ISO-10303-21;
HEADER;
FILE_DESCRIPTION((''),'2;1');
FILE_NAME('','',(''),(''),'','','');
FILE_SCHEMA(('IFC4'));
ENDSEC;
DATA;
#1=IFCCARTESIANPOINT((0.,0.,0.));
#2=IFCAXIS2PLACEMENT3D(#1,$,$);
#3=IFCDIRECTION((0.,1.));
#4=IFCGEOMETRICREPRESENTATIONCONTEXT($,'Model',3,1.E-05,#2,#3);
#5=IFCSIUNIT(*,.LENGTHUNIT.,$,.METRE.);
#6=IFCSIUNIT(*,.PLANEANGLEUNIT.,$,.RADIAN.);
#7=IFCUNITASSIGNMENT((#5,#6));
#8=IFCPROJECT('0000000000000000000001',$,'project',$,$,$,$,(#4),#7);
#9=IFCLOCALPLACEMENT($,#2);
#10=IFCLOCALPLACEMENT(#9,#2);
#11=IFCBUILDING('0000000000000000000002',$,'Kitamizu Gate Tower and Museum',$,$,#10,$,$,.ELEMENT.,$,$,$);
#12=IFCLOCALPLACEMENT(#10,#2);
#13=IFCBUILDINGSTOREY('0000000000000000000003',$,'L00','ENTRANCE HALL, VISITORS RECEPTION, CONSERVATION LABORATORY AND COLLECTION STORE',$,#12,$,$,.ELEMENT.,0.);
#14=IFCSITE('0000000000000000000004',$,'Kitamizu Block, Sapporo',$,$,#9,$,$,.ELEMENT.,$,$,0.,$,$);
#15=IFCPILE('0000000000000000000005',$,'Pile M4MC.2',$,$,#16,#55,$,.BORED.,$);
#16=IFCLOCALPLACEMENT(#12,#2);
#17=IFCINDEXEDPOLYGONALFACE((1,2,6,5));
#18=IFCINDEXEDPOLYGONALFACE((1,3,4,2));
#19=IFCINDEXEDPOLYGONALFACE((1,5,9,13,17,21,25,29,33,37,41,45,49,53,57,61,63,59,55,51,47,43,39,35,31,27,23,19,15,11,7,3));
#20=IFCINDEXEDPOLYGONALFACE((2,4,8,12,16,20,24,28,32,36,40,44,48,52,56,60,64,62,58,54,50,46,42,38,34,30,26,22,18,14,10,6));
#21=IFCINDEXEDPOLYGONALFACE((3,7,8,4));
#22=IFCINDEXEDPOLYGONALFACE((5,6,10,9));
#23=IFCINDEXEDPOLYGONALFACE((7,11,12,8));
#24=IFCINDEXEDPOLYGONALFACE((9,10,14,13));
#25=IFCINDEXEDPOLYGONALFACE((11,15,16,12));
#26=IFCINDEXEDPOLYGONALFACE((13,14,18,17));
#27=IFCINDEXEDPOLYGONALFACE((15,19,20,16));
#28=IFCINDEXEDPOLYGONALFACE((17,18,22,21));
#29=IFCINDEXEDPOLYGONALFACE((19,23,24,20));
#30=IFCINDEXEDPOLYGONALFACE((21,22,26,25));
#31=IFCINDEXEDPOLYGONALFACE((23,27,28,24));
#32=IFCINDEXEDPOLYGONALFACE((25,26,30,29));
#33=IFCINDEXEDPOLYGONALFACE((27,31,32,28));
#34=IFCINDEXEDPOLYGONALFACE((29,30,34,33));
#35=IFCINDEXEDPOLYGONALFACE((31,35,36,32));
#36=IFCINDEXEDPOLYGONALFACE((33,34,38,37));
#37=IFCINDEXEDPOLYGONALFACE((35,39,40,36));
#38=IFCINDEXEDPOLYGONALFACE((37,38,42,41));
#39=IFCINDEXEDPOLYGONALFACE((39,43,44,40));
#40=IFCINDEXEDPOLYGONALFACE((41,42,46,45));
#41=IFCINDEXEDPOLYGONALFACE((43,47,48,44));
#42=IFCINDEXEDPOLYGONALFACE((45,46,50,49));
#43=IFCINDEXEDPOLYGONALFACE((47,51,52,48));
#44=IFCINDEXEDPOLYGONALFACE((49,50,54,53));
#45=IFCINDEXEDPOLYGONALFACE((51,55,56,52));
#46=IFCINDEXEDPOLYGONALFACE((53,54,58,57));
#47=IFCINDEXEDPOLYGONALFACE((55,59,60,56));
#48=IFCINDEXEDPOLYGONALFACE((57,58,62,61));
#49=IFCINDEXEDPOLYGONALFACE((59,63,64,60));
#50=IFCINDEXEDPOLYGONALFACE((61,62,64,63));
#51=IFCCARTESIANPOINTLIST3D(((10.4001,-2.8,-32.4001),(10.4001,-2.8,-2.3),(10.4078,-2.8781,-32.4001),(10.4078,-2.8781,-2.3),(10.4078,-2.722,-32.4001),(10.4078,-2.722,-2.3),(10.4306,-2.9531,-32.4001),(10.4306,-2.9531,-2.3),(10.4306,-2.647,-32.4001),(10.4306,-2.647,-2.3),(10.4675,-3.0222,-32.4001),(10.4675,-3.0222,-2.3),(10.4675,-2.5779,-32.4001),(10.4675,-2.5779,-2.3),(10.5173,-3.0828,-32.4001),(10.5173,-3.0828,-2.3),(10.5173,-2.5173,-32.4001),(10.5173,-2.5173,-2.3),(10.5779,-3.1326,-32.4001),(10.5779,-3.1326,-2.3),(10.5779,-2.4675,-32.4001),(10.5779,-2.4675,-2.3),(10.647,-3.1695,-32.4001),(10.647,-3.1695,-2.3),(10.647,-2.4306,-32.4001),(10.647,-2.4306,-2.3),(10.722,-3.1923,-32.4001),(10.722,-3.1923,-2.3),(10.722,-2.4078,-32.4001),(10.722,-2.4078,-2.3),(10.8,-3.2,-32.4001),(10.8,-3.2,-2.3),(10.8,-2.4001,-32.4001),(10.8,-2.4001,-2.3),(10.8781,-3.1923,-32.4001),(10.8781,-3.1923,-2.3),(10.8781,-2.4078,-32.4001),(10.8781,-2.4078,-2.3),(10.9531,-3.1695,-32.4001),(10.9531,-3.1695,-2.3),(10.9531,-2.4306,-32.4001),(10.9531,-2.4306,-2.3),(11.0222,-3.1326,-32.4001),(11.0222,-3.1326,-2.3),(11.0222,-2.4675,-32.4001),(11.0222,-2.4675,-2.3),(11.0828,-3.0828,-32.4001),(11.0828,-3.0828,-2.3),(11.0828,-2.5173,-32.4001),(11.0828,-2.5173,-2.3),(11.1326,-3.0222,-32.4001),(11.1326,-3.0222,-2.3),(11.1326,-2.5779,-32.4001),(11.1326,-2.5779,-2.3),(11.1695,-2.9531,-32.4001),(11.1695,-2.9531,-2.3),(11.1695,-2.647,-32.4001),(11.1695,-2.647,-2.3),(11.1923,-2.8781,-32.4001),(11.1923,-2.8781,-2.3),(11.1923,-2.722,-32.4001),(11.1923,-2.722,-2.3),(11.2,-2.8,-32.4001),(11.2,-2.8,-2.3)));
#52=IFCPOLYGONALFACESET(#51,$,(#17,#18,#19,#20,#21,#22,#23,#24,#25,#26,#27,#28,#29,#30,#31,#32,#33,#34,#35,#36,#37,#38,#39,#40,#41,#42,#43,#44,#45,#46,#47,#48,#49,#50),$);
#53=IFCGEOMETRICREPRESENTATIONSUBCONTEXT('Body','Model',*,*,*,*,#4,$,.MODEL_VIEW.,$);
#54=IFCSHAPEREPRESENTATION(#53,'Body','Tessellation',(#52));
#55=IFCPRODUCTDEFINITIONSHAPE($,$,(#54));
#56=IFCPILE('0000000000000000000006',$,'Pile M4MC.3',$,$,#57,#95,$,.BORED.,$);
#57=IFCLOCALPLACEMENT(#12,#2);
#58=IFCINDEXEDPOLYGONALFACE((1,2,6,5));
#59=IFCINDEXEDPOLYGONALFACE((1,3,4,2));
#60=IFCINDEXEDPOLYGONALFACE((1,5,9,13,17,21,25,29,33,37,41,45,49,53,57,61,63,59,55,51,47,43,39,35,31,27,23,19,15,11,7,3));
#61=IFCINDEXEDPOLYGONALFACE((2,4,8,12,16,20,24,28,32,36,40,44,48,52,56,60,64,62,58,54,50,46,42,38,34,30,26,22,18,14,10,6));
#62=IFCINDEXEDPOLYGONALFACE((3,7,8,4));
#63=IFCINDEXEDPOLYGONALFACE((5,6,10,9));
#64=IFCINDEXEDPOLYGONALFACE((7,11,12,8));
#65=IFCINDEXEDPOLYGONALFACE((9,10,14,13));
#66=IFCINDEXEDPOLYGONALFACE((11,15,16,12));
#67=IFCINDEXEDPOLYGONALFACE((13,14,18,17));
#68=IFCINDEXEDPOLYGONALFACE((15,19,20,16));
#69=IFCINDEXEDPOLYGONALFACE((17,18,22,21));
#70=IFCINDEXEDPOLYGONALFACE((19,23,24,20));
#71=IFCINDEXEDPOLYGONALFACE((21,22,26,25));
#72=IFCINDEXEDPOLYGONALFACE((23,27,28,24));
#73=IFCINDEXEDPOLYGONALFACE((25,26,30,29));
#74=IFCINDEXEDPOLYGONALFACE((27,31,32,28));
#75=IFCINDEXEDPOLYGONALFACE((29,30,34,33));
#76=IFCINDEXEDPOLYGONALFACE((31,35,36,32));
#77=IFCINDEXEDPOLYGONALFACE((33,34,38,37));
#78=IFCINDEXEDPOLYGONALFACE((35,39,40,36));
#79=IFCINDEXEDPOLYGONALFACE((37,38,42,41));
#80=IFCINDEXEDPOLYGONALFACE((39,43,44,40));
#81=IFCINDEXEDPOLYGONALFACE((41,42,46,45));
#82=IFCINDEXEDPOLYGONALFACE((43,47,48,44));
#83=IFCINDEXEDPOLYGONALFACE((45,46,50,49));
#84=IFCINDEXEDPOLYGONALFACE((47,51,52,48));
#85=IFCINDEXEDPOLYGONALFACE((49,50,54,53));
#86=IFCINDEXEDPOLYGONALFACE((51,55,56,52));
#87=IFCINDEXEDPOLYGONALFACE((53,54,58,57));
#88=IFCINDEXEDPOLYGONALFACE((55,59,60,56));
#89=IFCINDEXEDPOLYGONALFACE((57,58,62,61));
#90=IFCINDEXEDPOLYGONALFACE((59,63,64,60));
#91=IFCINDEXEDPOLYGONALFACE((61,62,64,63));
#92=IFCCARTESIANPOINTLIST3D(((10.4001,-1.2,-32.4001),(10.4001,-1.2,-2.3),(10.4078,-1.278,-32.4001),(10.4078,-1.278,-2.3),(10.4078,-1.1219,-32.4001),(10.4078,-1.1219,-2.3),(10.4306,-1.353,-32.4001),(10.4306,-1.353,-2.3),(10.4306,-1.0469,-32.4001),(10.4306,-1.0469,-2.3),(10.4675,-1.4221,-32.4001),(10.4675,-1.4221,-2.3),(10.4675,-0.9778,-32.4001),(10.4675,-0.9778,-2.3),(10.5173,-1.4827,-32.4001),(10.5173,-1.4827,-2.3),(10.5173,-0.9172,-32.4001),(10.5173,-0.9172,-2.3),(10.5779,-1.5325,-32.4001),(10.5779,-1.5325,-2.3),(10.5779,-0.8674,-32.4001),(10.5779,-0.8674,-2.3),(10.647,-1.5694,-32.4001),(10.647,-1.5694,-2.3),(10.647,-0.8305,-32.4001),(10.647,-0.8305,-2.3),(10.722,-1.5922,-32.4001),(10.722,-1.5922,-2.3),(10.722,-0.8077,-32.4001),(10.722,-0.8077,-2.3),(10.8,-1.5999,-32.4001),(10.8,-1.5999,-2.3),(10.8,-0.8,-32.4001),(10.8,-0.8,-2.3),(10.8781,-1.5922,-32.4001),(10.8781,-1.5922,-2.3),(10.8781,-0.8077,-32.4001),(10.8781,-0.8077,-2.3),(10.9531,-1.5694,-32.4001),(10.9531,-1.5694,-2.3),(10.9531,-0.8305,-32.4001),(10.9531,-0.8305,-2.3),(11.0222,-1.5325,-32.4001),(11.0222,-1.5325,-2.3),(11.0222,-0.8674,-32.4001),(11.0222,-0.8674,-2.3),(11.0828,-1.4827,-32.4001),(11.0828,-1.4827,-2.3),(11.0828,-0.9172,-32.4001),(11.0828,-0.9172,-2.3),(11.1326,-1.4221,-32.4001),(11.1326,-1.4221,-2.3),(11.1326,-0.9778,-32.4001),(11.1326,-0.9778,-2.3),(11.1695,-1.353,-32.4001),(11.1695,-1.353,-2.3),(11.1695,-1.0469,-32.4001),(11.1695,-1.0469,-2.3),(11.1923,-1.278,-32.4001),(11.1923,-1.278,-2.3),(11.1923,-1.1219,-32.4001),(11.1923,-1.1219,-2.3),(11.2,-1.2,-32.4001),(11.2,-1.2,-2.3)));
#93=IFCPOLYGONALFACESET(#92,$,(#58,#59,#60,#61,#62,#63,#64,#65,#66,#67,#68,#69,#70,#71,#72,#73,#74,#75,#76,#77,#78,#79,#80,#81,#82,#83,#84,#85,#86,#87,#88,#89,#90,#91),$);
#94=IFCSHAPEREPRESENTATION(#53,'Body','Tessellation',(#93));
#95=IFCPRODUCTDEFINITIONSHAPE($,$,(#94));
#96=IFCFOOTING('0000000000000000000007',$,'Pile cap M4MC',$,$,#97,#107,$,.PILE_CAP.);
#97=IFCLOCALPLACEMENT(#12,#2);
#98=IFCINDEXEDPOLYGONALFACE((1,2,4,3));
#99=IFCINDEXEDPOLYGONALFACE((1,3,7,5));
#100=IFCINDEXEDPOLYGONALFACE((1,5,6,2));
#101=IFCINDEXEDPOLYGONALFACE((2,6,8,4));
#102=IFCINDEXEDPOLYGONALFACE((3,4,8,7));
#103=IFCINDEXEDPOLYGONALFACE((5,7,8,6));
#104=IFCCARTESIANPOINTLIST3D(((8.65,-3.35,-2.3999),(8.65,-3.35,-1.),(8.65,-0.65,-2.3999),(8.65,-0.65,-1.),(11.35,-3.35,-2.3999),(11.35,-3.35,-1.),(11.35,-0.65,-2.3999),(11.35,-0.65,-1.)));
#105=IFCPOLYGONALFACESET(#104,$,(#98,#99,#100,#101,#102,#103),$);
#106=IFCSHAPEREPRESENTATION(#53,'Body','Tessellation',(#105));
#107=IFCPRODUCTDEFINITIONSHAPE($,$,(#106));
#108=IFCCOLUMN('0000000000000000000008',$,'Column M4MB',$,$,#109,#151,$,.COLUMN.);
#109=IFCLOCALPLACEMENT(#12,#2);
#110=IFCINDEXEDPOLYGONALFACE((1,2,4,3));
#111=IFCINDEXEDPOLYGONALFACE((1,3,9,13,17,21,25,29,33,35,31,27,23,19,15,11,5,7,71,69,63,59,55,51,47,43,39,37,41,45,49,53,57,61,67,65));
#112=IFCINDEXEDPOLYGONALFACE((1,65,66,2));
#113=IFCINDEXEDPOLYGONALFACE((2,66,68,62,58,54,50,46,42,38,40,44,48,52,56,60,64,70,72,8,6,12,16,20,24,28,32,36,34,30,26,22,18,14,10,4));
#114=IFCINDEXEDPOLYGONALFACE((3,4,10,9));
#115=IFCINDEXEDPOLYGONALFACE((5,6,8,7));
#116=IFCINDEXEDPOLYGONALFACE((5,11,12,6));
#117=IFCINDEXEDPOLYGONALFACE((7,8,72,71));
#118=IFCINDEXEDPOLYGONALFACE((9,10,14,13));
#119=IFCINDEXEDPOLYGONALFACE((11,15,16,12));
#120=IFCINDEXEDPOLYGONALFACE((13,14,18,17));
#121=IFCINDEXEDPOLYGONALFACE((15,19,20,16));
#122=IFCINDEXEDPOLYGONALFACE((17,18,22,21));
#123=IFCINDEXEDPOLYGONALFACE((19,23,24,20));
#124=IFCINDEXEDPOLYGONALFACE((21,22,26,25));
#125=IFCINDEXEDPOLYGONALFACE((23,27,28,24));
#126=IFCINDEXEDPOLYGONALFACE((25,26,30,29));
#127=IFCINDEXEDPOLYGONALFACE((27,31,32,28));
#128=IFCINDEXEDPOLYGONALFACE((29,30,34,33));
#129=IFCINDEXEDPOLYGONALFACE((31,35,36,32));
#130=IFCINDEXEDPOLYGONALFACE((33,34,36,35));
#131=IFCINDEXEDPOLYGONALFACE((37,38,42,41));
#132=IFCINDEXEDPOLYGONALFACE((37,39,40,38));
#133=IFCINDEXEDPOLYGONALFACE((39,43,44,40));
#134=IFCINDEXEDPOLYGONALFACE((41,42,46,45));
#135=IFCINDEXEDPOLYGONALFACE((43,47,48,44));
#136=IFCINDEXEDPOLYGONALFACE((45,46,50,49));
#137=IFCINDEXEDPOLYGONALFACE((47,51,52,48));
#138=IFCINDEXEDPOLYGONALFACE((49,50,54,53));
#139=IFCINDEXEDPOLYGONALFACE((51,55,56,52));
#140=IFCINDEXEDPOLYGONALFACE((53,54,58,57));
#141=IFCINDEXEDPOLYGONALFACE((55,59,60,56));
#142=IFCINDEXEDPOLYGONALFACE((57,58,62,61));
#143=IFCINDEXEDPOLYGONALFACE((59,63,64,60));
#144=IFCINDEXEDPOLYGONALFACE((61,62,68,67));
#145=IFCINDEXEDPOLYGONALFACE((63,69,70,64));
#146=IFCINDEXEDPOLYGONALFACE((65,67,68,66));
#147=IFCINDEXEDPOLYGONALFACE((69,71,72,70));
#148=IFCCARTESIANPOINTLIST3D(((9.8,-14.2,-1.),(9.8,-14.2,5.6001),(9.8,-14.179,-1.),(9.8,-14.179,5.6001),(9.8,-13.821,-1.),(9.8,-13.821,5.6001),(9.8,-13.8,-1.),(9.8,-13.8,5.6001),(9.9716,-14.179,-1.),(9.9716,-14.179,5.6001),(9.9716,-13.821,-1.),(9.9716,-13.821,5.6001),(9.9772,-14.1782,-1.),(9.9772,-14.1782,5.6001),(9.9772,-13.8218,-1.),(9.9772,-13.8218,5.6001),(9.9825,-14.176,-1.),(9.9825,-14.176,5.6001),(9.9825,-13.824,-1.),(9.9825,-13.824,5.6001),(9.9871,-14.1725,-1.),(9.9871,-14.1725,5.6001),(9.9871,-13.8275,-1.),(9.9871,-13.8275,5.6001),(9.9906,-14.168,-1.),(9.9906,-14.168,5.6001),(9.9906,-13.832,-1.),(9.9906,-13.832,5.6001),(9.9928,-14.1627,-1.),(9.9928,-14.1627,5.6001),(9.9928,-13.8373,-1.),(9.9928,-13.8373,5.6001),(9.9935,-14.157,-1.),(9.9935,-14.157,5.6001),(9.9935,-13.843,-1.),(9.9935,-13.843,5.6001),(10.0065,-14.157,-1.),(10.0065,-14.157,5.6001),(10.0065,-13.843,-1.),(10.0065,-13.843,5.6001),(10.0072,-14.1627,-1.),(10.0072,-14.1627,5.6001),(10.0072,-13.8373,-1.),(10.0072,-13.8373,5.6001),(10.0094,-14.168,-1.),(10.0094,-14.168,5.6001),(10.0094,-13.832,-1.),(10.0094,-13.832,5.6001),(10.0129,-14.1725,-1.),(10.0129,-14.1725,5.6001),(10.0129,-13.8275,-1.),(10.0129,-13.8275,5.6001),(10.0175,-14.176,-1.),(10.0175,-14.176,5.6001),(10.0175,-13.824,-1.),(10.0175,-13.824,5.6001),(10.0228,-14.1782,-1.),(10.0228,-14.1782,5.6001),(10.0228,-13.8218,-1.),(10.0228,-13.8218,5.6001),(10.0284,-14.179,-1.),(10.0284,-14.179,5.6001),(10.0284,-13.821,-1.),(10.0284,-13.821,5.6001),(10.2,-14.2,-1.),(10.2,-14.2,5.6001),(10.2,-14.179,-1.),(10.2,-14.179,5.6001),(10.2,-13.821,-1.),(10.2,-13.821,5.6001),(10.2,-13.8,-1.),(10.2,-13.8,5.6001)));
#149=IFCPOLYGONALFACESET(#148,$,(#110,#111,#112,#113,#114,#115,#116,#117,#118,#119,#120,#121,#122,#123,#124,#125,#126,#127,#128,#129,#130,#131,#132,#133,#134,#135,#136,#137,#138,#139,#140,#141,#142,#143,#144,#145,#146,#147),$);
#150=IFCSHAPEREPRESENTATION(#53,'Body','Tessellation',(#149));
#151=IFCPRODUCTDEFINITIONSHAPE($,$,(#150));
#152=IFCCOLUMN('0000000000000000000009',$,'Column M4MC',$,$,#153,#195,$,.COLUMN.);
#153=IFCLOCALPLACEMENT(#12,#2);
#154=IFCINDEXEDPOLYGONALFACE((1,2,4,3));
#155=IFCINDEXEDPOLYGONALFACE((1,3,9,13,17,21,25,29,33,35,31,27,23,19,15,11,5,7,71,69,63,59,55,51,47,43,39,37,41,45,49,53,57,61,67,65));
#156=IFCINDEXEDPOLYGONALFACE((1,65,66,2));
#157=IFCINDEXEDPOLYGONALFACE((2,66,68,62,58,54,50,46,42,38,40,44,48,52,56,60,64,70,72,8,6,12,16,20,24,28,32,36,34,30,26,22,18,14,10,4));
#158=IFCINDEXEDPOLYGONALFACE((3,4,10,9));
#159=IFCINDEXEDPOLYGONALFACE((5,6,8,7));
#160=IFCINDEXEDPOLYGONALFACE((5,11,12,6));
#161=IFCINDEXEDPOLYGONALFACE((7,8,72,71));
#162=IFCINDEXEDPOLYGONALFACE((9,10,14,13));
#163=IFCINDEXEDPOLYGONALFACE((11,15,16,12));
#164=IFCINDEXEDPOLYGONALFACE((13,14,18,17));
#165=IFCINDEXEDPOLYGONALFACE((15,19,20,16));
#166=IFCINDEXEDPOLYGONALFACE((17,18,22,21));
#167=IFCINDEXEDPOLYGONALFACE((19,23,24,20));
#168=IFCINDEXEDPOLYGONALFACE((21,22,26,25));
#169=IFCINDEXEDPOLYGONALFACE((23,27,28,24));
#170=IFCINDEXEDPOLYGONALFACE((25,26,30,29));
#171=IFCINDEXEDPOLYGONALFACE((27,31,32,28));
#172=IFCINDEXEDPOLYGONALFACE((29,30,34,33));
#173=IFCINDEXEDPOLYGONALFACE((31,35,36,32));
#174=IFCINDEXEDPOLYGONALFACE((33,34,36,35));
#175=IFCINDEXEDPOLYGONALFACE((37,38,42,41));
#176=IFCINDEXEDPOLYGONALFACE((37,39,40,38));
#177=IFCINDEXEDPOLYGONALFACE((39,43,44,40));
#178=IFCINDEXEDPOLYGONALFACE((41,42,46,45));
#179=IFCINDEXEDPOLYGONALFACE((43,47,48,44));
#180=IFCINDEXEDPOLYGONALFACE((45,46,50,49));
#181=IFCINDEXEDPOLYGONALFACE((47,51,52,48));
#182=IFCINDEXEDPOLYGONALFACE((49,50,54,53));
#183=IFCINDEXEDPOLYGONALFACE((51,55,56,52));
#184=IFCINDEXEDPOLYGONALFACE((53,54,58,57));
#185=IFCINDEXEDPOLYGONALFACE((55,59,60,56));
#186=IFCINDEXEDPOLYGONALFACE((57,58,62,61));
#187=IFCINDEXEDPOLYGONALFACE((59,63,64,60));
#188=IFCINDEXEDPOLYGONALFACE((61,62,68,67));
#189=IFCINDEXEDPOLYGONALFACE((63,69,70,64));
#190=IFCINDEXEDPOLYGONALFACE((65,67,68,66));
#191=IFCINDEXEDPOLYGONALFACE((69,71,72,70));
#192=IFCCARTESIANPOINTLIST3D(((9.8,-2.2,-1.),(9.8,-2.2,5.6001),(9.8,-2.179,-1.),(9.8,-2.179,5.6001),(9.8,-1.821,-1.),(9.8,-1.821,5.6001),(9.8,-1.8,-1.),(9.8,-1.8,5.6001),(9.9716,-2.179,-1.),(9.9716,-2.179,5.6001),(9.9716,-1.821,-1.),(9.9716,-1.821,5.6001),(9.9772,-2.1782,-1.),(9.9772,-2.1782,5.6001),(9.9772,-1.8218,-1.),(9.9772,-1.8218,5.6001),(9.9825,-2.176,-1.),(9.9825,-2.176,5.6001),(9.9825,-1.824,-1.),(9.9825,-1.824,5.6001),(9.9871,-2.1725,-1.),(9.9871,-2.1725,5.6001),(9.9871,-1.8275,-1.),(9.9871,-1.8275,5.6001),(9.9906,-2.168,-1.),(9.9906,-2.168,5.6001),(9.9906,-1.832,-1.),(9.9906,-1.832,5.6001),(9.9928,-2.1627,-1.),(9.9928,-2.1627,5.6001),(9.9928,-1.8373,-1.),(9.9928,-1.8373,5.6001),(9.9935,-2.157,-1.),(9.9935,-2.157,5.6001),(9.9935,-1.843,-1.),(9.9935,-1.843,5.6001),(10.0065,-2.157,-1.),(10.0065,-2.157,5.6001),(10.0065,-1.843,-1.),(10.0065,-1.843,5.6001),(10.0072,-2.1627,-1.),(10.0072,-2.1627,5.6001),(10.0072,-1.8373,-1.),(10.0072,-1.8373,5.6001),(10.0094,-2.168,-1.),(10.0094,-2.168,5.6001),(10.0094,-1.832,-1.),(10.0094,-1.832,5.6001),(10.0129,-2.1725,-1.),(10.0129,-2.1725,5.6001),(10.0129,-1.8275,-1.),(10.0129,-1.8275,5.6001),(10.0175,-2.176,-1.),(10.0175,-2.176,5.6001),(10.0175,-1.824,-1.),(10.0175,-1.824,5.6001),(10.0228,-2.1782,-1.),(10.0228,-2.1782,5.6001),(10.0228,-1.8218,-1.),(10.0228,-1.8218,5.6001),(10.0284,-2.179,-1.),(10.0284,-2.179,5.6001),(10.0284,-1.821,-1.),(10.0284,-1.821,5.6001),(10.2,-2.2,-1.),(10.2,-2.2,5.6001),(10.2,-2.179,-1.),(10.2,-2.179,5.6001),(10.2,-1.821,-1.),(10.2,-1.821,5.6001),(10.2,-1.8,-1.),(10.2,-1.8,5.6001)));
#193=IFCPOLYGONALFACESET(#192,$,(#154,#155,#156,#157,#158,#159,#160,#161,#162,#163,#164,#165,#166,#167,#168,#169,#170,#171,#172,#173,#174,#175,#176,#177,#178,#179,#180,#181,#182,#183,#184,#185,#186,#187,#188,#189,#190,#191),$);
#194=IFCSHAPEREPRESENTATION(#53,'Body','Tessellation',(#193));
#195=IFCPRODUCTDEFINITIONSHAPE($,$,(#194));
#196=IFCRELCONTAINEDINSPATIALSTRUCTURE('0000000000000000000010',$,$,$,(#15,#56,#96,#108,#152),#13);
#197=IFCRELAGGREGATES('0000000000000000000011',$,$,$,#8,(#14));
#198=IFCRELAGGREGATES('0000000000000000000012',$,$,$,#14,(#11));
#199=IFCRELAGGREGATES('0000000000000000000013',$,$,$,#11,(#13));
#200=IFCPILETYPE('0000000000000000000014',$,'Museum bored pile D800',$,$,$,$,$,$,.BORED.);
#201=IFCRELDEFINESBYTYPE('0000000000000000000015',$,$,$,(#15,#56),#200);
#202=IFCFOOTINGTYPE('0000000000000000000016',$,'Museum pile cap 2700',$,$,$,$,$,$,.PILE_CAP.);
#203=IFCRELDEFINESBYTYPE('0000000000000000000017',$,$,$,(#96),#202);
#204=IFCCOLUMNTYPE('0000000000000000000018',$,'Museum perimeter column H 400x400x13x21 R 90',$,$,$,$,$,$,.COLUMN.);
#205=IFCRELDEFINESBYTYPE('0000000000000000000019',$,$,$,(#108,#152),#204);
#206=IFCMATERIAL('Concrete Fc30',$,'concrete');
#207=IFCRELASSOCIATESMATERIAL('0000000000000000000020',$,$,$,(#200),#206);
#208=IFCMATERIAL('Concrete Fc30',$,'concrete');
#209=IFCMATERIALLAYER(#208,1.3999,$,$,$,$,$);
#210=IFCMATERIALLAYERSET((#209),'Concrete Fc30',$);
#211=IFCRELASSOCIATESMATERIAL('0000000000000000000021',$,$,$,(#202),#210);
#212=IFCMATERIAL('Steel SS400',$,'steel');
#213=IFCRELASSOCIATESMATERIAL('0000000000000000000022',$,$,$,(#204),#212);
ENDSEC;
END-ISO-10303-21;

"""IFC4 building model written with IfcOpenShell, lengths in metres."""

from ifc_helpers import new_model, si_unit, direction, frame, origin, origin_2d, place, context, subcontext, project, spatial, rectangle, circle, i_section, extrude, material, layer, layer_set, material_profile, profile_set, type_object, element, save


model = new_model("IFC4")

# Units and contexts
model_context = context("Model", 3, precision=1e-05, world=origin(), true_north=direction((0.0, 1.0)))
body_context = subcontext(model_context, "Body", "Model", "MODEL_VIEW")
ifc_project = project(units=[si_unit("LENGTHUNIT", "METRE"), si_unit("PLANEANGLEUNIT", "RADIAN")], contexts=[model_context])

# Site, building, storey
site_placement = place(None, origin())
site = spatial("IfcSite", under=ifc_project, at=site_placement, Name="Kitamizu Block, Sapporo", CompositionType="ELEMENT", RefElevation=0.0)
building_placement = place(site_placement, origin())
building = spatial("IfcBuilding", under=site, at=building_placement, Name="Kitamizu Gate Tower and Museum", CompositionType="ELEMENT")
storey_placement = place(building_placement, origin())
storey = spatial("IfcBuildingStorey", under=building, at=storey_placement, Name="L00", Description="ENTRANCE HALL, VISITORS RECEPTION, CONSERVATION LABORATORY AND COLLECTION STORE", CompositionType="ELEMENT", Elevation=0.0)

# Piles
ifc_material_1 = material(Name="Concrete Fc30", Category="concrete")
ifc_material_profile_1 = material_profile(ifc_material_1, circle(Radius=0.3999, at=origin_2d()), Name="D800")
ifc_profile_set_1 = profile_set([ifc_material_profile_1], Name="Concrete Fc30")
pile_type_1 = type_object("IfcPileType", Name="Museum bored pile D800", PredefinedType="BORED", material=ifc_profile_set_1)
for number, where, z_axis, x_axis, name in (
    (1, (10.8, -2.8, -2.3), (0.0, 0.0, -1.0), (1.0, 0.0, 0.0), "Pile M4MC.2"),
    (2, (10.8, -1.2, -2.3), (0.0, 0.0, -1.0), (1.0, 0.0, 0.0), "Pile M4MC.3"),
):
    element("IfcPile", number, at=place(storey_placement, frame(where, z_axis=z_axis, x_axis=x_axis)), inside=storey, type_object=pile_type_1, Name=name, PredefinedType="BORED", context=body_context, shape_type="SweptSolid", body=[
        extrude(circle(Radius=0.3999, at=origin_2d()), origin(), (0.0, 0.0, 1.0), 30.1001),
    ])

# Footing
ifc_material_2 = material(Name="Concrete Fc30", Category="concrete")
ifc_layer_1 = layer(ifc_material_2, 1.3999)
ifc_layer_set_1 = layer_set([ifc_layer_1], Name="Concrete Fc30")
footing_type = type_object("IfcFootingType", Name="Museum pile cap 2700", PredefinedType="PILE_CAP", material=ifc_layer_set_1)
footing_placement = place(storey_placement, frame((10.0, -2.0, -2.3999), z_axis=(0.0, 0.0, 1.0), x_axis=(1.0, 0.0, 0.0)))
element("IfcFooting", 3, at=footing_placement, inside=storey, type_object=footing_type, Name="Pile cap M4MC", PredefinedType="PILE_CAP", context=body_context, shape_type="SweptSolid", body=[
    extrude(rectangle(XDim=2.7, YDim=2.7, at=origin_2d()), origin(), (0.0, 0.0, 1.0), 1.3999),
])

# Columns
ifc_material_3 = material(Name="Steel SS400", Category="steel")
ifc_material_profile_2 = material_profile(ifc_material_3, i_section(OverallWidth=0.3999, OverallDepth=0.3999, WebThickness=0.0129, FlangeThickness=0.021, FilletRadius=0.022, at=origin_2d()), Name="H-400x400x13x21")
ifc_profile_set_2 = profile_set([ifc_material_profile_2], Name="Steel SS400")
column_type_1 = type_object("IfcColumnType", Name="Museum perimeter column H 400x400x13x21 R 90", PredefinedType="COLUMN", material=ifc_profile_set_2)
for number, where, z_axis, x_axis, name in (
    (4, (10.0, -14.0, -1.0), (0.0, 0.0, 1.0), (1.0, 0.0, 0.0), "Column M4MB"),
    (5, (10.0, -2.0, -1.0), (0.0, 0.0, 1.0), (1.0, 0.0, 0.0), "Column M4MC"),
):
    element("IfcColumn", number, at=place(storey_placement, frame(where, z_axis=z_axis, x_axis=x_axis)), inside=storey, type_object=column_type_1, Name=name, PredefinedType="COLUMN", context=body_context, shape_type="SweptSolid", body=[
        extrude(i_section(OverallWidth=0.3999, OverallDepth=0.3999, WebThickness=0.0129, FlangeThickness=0.021, FilletRadius=0.022, at=origin_2d()), origin(), (0.0, 0.0, 1.0), 6.6001),
    ])

save(model, "model.ifc")
